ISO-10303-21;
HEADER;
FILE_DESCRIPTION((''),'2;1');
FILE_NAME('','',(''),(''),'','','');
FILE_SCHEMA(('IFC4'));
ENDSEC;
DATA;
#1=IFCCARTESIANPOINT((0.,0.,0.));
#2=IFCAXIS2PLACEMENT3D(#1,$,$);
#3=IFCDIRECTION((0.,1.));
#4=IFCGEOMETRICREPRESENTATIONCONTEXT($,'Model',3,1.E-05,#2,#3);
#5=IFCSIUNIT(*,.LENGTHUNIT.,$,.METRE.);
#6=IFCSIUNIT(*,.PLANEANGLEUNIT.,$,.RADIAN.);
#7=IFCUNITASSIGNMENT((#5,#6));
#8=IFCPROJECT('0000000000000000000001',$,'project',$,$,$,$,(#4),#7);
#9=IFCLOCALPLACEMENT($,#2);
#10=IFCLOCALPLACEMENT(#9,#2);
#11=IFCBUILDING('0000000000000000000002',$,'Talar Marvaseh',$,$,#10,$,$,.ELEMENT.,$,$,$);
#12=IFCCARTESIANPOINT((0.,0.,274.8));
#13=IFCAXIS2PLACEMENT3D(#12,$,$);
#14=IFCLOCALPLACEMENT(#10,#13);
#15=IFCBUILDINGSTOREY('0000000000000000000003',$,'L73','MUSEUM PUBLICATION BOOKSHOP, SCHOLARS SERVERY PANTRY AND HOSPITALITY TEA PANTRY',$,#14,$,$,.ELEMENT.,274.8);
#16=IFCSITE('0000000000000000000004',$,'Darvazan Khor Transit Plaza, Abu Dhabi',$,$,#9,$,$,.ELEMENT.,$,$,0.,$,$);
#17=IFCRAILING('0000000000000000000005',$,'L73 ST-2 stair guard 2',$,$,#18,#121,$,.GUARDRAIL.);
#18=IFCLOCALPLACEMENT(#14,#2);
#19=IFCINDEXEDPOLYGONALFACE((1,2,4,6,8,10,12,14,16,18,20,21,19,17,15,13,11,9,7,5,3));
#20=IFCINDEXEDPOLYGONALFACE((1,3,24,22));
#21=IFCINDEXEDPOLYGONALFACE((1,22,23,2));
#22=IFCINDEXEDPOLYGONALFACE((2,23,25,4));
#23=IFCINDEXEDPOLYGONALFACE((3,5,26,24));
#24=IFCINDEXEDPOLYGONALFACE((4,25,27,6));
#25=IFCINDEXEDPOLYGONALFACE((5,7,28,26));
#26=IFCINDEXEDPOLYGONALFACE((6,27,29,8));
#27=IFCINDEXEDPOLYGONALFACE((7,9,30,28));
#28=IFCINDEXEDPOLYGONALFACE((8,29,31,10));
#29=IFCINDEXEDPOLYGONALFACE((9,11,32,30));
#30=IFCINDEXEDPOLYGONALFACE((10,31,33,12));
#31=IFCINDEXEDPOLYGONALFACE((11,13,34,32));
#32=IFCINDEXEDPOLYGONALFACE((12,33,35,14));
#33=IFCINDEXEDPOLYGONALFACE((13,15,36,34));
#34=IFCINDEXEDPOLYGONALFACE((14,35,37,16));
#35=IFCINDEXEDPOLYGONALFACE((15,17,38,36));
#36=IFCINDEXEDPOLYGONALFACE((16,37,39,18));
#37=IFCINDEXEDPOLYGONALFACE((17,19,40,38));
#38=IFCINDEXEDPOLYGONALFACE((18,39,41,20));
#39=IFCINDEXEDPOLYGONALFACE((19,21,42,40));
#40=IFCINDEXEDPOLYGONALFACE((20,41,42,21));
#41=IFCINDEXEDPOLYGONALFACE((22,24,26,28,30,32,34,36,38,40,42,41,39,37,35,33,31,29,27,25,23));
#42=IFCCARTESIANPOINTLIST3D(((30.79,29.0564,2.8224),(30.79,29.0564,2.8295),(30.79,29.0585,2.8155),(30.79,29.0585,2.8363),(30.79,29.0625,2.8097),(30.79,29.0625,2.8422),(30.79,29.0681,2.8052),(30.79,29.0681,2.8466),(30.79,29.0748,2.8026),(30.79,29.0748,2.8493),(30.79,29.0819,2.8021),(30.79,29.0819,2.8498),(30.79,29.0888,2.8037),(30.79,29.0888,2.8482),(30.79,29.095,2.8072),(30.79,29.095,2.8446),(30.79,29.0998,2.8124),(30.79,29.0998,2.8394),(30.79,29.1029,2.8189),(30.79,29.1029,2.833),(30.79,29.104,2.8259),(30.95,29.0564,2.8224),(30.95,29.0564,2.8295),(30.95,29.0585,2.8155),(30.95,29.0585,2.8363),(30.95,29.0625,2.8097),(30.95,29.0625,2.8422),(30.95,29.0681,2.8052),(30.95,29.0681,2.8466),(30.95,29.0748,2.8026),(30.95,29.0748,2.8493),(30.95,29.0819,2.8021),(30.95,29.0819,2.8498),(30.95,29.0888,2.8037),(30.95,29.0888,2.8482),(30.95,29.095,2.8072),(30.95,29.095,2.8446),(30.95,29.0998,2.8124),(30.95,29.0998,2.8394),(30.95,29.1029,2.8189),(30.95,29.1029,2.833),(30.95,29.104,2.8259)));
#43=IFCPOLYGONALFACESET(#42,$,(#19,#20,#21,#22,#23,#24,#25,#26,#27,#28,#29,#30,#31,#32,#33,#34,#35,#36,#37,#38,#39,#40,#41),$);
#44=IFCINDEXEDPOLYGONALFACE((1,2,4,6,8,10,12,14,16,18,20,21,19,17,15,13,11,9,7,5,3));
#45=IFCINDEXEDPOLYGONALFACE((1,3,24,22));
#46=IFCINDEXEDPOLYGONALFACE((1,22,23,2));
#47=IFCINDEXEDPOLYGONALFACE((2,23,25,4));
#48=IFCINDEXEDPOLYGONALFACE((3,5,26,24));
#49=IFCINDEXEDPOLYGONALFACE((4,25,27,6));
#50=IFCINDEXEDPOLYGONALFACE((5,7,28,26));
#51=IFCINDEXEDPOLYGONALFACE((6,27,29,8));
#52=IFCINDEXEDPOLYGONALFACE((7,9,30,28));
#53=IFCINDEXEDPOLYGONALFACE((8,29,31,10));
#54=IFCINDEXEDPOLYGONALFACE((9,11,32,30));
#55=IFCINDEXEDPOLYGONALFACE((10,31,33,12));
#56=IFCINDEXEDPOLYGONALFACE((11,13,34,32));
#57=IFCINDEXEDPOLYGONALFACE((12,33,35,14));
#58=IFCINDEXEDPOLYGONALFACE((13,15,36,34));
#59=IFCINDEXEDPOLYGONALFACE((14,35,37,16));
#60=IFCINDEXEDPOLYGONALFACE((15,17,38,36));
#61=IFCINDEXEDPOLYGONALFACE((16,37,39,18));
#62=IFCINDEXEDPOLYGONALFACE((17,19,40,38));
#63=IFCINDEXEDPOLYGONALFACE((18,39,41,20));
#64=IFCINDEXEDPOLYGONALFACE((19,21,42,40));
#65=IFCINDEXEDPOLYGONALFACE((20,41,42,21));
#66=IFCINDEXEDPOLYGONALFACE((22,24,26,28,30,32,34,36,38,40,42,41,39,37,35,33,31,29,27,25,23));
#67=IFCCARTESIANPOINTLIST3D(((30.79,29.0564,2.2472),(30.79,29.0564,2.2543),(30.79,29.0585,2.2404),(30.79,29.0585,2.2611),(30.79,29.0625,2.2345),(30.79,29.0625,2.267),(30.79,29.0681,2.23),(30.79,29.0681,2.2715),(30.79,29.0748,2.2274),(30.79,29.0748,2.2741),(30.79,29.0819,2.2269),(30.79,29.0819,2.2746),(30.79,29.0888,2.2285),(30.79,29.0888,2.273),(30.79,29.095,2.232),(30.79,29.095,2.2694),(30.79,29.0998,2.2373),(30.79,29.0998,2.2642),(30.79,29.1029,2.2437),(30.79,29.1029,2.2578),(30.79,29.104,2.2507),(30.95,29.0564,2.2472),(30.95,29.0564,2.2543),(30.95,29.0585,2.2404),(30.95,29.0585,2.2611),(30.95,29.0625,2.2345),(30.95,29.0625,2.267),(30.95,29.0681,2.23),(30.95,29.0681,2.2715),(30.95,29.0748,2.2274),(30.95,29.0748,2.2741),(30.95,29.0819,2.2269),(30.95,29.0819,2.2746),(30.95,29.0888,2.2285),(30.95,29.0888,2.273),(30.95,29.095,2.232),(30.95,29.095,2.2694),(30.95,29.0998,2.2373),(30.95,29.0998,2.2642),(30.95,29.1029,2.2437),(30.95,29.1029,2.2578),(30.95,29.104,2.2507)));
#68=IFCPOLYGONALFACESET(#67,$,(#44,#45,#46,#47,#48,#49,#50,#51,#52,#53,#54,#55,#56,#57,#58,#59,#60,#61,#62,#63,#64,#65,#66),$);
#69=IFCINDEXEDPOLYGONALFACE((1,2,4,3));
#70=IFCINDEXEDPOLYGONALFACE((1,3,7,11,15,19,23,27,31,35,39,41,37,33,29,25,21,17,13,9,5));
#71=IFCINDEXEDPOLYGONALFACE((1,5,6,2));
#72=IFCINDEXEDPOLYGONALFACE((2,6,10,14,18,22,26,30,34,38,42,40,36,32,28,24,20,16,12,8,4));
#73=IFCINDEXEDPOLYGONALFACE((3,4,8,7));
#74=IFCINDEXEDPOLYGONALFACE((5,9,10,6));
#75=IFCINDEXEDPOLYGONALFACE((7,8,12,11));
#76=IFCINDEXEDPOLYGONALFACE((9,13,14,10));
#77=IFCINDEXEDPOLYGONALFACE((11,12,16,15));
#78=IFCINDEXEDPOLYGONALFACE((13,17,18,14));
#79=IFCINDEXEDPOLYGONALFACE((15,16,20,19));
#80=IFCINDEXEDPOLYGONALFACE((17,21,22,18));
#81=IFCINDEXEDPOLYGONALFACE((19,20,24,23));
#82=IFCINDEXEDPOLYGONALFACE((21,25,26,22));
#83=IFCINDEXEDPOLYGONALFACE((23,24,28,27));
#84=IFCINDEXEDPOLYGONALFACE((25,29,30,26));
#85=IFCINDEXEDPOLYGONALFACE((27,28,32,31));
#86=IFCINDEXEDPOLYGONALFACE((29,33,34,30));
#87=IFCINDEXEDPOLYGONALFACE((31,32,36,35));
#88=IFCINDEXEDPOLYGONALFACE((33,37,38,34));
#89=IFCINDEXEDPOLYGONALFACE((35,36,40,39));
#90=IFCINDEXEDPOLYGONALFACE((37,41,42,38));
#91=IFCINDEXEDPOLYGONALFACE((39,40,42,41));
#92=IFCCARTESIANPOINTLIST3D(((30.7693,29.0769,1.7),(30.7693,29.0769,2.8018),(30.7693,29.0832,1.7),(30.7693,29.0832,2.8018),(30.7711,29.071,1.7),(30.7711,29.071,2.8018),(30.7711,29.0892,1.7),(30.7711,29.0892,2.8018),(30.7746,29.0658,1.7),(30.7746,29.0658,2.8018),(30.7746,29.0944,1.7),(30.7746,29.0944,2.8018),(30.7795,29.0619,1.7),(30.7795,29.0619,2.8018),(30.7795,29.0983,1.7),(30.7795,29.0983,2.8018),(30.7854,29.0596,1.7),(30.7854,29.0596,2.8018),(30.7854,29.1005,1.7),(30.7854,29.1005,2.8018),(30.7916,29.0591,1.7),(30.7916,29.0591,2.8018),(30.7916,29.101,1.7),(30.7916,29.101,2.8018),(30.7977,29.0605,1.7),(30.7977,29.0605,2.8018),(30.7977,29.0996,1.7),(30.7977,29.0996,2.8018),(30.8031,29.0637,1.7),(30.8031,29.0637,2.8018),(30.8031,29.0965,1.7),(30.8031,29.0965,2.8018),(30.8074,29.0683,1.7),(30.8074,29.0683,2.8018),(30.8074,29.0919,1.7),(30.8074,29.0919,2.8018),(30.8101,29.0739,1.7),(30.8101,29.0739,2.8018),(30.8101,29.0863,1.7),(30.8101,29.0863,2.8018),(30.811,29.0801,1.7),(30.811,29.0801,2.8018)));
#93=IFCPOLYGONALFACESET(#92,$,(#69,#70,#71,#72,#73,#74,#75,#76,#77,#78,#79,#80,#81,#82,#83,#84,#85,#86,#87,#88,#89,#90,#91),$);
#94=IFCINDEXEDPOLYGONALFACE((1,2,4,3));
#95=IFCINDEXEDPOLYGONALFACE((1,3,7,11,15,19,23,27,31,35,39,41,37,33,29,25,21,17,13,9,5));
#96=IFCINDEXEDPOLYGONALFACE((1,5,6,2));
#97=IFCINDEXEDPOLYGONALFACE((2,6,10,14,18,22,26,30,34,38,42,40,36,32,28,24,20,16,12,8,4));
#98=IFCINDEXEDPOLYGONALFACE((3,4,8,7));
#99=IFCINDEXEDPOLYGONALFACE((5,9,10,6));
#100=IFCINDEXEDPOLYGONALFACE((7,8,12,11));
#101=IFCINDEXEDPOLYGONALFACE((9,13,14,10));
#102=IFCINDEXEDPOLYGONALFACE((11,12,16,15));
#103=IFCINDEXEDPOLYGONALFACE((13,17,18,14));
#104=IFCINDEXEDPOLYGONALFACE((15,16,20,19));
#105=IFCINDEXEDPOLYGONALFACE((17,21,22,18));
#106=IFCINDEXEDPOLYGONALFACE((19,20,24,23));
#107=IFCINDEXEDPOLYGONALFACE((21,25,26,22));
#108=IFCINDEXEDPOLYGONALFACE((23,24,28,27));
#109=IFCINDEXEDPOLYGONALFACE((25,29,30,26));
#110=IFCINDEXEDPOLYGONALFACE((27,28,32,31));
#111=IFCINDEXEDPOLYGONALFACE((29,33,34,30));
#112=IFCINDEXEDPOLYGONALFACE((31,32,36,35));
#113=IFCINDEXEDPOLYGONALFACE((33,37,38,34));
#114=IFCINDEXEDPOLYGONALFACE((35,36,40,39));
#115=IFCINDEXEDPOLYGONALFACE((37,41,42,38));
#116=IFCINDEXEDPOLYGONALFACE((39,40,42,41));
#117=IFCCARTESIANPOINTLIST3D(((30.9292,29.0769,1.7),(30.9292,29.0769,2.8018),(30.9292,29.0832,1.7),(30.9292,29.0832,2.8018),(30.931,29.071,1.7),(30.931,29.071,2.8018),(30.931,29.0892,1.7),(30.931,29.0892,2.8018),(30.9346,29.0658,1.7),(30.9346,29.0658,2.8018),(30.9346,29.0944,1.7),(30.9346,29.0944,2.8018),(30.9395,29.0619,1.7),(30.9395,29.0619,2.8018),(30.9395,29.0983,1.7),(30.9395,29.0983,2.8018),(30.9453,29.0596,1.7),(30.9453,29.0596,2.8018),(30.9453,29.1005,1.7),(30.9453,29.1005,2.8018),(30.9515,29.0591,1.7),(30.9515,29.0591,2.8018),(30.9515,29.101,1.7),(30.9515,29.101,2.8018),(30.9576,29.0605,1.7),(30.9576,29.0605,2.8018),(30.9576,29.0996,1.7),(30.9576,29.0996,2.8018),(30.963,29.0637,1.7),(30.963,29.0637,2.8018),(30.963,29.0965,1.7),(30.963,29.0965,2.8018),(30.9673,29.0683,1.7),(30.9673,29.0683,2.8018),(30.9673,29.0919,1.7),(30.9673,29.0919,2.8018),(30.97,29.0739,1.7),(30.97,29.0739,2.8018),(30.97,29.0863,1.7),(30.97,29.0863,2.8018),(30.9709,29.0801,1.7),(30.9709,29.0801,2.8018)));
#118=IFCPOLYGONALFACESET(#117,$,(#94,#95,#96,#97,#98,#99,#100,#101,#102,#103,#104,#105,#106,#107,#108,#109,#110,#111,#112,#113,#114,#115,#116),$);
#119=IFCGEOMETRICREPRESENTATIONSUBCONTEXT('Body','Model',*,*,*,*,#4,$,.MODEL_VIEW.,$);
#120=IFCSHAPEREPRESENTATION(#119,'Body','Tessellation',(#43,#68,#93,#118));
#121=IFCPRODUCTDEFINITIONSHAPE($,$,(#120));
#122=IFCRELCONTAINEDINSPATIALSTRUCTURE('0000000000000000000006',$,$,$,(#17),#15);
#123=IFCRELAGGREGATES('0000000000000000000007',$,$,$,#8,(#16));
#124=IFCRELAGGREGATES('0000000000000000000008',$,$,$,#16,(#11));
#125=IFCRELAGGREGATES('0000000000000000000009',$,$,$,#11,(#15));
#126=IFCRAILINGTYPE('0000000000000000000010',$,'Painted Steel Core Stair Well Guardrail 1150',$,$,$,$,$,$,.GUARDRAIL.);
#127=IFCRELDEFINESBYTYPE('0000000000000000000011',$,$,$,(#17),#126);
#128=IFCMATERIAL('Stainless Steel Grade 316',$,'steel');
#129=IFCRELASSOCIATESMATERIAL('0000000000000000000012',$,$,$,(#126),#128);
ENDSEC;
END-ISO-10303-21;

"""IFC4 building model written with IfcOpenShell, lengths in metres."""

from ifc_helpers import new_model, si_unit, direction, frame, origin, origin_2d, place, context, subcontext, project, spatial, circle, extrude, material, type_object, element, save


model = new_model("IFC4")

# Units and contexts
model_context = context("Model", 3, precision=1e-05, world=origin(), true_north=direction((0.0, 1.0)))
body_context = subcontext(model_context, "Body", "Model", "MODEL_VIEW")
ifc_project = project(units=[si_unit("LENGTHUNIT", "METRE"), si_unit("PLANEANGLEUNIT", "RADIAN")], contexts=[model_context])

# Site, building, storey
site_placement = place(None, origin())
site = spatial("IfcSite", under=ifc_project, at=site_placement, Name="Darvazan Khor Transit Plaza, Abu Dhabi", CompositionType="ELEMENT", RefElevation=0.0)
building_placement = place(site_placement, origin())
building = spatial("IfcBuilding", under=site, at=building_placement, Name="Talar Marvaseh", CompositionType="ELEMENT")
storey_placement = place(building_placement, frame((0.0, 0.0, 274.8)))
storey = spatial("IfcBuildingStorey", under=building, at=storey_placement, Name="L73", Description="MUSEUM PUBLICATION BOOKSHOP, SCHOLARS SERVERY PANTRY AND HOSPITALITY TEA PANTRY", CompositionType="ELEMENT", Elevation=274.8)

# Shared definitions
ifc_material_1 = material(Name="Stainless Steel Grade 316", Category="steel")

# Railing
railing_type_1 = type_object("IfcRailingType", Name="Painted Steel Core Stair Well Guardrail 1150", PredefinedType="GUARDRAIL", material=ifc_material_1)
railing_1_placement = place(storey_placement, frame((30.79, 29.0801, 1.7)))
element("IfcRailing", 1, at=railing_1_placement, inside=storey, type_object=railing_type_1, Name="L73 ST-2 stair guard 2", PredefinedType="GUARDRAIL", context=body_context, shape_type="SweptSolid", body=[
    extrude(circle(Radius=0.0239, at=origin_2d()), frame((0.0, 0.0, 1.126), z_axis=(1.0, 0.0, 0.0), x_axis=(0.0, 1.0, 0.0)), (0.0, 0.0, 1.0), 0.1599),
    extrude(circle(Radius=0.0239, at=origin_2d()), frame((0.0, 0.0, 0.5508), z_axis=(1.0, 0.0, 0.0), x_axis=(0.0, 1.0, 0.0)), (0.0, 0.0, 1.0), 0.1599),
    extrude(circle(Radius=0.021, at=origin_2d()), origin(), (0.0, 0.0, 1.0), 1.1018),
    extrude(circle(Radius=0.021, at=origin_2d()), frame((0.1599, 0.0, 0.0)), (0.0, 0.0, 1.0), 1.1018),
])

save(model, "model.ifc")
